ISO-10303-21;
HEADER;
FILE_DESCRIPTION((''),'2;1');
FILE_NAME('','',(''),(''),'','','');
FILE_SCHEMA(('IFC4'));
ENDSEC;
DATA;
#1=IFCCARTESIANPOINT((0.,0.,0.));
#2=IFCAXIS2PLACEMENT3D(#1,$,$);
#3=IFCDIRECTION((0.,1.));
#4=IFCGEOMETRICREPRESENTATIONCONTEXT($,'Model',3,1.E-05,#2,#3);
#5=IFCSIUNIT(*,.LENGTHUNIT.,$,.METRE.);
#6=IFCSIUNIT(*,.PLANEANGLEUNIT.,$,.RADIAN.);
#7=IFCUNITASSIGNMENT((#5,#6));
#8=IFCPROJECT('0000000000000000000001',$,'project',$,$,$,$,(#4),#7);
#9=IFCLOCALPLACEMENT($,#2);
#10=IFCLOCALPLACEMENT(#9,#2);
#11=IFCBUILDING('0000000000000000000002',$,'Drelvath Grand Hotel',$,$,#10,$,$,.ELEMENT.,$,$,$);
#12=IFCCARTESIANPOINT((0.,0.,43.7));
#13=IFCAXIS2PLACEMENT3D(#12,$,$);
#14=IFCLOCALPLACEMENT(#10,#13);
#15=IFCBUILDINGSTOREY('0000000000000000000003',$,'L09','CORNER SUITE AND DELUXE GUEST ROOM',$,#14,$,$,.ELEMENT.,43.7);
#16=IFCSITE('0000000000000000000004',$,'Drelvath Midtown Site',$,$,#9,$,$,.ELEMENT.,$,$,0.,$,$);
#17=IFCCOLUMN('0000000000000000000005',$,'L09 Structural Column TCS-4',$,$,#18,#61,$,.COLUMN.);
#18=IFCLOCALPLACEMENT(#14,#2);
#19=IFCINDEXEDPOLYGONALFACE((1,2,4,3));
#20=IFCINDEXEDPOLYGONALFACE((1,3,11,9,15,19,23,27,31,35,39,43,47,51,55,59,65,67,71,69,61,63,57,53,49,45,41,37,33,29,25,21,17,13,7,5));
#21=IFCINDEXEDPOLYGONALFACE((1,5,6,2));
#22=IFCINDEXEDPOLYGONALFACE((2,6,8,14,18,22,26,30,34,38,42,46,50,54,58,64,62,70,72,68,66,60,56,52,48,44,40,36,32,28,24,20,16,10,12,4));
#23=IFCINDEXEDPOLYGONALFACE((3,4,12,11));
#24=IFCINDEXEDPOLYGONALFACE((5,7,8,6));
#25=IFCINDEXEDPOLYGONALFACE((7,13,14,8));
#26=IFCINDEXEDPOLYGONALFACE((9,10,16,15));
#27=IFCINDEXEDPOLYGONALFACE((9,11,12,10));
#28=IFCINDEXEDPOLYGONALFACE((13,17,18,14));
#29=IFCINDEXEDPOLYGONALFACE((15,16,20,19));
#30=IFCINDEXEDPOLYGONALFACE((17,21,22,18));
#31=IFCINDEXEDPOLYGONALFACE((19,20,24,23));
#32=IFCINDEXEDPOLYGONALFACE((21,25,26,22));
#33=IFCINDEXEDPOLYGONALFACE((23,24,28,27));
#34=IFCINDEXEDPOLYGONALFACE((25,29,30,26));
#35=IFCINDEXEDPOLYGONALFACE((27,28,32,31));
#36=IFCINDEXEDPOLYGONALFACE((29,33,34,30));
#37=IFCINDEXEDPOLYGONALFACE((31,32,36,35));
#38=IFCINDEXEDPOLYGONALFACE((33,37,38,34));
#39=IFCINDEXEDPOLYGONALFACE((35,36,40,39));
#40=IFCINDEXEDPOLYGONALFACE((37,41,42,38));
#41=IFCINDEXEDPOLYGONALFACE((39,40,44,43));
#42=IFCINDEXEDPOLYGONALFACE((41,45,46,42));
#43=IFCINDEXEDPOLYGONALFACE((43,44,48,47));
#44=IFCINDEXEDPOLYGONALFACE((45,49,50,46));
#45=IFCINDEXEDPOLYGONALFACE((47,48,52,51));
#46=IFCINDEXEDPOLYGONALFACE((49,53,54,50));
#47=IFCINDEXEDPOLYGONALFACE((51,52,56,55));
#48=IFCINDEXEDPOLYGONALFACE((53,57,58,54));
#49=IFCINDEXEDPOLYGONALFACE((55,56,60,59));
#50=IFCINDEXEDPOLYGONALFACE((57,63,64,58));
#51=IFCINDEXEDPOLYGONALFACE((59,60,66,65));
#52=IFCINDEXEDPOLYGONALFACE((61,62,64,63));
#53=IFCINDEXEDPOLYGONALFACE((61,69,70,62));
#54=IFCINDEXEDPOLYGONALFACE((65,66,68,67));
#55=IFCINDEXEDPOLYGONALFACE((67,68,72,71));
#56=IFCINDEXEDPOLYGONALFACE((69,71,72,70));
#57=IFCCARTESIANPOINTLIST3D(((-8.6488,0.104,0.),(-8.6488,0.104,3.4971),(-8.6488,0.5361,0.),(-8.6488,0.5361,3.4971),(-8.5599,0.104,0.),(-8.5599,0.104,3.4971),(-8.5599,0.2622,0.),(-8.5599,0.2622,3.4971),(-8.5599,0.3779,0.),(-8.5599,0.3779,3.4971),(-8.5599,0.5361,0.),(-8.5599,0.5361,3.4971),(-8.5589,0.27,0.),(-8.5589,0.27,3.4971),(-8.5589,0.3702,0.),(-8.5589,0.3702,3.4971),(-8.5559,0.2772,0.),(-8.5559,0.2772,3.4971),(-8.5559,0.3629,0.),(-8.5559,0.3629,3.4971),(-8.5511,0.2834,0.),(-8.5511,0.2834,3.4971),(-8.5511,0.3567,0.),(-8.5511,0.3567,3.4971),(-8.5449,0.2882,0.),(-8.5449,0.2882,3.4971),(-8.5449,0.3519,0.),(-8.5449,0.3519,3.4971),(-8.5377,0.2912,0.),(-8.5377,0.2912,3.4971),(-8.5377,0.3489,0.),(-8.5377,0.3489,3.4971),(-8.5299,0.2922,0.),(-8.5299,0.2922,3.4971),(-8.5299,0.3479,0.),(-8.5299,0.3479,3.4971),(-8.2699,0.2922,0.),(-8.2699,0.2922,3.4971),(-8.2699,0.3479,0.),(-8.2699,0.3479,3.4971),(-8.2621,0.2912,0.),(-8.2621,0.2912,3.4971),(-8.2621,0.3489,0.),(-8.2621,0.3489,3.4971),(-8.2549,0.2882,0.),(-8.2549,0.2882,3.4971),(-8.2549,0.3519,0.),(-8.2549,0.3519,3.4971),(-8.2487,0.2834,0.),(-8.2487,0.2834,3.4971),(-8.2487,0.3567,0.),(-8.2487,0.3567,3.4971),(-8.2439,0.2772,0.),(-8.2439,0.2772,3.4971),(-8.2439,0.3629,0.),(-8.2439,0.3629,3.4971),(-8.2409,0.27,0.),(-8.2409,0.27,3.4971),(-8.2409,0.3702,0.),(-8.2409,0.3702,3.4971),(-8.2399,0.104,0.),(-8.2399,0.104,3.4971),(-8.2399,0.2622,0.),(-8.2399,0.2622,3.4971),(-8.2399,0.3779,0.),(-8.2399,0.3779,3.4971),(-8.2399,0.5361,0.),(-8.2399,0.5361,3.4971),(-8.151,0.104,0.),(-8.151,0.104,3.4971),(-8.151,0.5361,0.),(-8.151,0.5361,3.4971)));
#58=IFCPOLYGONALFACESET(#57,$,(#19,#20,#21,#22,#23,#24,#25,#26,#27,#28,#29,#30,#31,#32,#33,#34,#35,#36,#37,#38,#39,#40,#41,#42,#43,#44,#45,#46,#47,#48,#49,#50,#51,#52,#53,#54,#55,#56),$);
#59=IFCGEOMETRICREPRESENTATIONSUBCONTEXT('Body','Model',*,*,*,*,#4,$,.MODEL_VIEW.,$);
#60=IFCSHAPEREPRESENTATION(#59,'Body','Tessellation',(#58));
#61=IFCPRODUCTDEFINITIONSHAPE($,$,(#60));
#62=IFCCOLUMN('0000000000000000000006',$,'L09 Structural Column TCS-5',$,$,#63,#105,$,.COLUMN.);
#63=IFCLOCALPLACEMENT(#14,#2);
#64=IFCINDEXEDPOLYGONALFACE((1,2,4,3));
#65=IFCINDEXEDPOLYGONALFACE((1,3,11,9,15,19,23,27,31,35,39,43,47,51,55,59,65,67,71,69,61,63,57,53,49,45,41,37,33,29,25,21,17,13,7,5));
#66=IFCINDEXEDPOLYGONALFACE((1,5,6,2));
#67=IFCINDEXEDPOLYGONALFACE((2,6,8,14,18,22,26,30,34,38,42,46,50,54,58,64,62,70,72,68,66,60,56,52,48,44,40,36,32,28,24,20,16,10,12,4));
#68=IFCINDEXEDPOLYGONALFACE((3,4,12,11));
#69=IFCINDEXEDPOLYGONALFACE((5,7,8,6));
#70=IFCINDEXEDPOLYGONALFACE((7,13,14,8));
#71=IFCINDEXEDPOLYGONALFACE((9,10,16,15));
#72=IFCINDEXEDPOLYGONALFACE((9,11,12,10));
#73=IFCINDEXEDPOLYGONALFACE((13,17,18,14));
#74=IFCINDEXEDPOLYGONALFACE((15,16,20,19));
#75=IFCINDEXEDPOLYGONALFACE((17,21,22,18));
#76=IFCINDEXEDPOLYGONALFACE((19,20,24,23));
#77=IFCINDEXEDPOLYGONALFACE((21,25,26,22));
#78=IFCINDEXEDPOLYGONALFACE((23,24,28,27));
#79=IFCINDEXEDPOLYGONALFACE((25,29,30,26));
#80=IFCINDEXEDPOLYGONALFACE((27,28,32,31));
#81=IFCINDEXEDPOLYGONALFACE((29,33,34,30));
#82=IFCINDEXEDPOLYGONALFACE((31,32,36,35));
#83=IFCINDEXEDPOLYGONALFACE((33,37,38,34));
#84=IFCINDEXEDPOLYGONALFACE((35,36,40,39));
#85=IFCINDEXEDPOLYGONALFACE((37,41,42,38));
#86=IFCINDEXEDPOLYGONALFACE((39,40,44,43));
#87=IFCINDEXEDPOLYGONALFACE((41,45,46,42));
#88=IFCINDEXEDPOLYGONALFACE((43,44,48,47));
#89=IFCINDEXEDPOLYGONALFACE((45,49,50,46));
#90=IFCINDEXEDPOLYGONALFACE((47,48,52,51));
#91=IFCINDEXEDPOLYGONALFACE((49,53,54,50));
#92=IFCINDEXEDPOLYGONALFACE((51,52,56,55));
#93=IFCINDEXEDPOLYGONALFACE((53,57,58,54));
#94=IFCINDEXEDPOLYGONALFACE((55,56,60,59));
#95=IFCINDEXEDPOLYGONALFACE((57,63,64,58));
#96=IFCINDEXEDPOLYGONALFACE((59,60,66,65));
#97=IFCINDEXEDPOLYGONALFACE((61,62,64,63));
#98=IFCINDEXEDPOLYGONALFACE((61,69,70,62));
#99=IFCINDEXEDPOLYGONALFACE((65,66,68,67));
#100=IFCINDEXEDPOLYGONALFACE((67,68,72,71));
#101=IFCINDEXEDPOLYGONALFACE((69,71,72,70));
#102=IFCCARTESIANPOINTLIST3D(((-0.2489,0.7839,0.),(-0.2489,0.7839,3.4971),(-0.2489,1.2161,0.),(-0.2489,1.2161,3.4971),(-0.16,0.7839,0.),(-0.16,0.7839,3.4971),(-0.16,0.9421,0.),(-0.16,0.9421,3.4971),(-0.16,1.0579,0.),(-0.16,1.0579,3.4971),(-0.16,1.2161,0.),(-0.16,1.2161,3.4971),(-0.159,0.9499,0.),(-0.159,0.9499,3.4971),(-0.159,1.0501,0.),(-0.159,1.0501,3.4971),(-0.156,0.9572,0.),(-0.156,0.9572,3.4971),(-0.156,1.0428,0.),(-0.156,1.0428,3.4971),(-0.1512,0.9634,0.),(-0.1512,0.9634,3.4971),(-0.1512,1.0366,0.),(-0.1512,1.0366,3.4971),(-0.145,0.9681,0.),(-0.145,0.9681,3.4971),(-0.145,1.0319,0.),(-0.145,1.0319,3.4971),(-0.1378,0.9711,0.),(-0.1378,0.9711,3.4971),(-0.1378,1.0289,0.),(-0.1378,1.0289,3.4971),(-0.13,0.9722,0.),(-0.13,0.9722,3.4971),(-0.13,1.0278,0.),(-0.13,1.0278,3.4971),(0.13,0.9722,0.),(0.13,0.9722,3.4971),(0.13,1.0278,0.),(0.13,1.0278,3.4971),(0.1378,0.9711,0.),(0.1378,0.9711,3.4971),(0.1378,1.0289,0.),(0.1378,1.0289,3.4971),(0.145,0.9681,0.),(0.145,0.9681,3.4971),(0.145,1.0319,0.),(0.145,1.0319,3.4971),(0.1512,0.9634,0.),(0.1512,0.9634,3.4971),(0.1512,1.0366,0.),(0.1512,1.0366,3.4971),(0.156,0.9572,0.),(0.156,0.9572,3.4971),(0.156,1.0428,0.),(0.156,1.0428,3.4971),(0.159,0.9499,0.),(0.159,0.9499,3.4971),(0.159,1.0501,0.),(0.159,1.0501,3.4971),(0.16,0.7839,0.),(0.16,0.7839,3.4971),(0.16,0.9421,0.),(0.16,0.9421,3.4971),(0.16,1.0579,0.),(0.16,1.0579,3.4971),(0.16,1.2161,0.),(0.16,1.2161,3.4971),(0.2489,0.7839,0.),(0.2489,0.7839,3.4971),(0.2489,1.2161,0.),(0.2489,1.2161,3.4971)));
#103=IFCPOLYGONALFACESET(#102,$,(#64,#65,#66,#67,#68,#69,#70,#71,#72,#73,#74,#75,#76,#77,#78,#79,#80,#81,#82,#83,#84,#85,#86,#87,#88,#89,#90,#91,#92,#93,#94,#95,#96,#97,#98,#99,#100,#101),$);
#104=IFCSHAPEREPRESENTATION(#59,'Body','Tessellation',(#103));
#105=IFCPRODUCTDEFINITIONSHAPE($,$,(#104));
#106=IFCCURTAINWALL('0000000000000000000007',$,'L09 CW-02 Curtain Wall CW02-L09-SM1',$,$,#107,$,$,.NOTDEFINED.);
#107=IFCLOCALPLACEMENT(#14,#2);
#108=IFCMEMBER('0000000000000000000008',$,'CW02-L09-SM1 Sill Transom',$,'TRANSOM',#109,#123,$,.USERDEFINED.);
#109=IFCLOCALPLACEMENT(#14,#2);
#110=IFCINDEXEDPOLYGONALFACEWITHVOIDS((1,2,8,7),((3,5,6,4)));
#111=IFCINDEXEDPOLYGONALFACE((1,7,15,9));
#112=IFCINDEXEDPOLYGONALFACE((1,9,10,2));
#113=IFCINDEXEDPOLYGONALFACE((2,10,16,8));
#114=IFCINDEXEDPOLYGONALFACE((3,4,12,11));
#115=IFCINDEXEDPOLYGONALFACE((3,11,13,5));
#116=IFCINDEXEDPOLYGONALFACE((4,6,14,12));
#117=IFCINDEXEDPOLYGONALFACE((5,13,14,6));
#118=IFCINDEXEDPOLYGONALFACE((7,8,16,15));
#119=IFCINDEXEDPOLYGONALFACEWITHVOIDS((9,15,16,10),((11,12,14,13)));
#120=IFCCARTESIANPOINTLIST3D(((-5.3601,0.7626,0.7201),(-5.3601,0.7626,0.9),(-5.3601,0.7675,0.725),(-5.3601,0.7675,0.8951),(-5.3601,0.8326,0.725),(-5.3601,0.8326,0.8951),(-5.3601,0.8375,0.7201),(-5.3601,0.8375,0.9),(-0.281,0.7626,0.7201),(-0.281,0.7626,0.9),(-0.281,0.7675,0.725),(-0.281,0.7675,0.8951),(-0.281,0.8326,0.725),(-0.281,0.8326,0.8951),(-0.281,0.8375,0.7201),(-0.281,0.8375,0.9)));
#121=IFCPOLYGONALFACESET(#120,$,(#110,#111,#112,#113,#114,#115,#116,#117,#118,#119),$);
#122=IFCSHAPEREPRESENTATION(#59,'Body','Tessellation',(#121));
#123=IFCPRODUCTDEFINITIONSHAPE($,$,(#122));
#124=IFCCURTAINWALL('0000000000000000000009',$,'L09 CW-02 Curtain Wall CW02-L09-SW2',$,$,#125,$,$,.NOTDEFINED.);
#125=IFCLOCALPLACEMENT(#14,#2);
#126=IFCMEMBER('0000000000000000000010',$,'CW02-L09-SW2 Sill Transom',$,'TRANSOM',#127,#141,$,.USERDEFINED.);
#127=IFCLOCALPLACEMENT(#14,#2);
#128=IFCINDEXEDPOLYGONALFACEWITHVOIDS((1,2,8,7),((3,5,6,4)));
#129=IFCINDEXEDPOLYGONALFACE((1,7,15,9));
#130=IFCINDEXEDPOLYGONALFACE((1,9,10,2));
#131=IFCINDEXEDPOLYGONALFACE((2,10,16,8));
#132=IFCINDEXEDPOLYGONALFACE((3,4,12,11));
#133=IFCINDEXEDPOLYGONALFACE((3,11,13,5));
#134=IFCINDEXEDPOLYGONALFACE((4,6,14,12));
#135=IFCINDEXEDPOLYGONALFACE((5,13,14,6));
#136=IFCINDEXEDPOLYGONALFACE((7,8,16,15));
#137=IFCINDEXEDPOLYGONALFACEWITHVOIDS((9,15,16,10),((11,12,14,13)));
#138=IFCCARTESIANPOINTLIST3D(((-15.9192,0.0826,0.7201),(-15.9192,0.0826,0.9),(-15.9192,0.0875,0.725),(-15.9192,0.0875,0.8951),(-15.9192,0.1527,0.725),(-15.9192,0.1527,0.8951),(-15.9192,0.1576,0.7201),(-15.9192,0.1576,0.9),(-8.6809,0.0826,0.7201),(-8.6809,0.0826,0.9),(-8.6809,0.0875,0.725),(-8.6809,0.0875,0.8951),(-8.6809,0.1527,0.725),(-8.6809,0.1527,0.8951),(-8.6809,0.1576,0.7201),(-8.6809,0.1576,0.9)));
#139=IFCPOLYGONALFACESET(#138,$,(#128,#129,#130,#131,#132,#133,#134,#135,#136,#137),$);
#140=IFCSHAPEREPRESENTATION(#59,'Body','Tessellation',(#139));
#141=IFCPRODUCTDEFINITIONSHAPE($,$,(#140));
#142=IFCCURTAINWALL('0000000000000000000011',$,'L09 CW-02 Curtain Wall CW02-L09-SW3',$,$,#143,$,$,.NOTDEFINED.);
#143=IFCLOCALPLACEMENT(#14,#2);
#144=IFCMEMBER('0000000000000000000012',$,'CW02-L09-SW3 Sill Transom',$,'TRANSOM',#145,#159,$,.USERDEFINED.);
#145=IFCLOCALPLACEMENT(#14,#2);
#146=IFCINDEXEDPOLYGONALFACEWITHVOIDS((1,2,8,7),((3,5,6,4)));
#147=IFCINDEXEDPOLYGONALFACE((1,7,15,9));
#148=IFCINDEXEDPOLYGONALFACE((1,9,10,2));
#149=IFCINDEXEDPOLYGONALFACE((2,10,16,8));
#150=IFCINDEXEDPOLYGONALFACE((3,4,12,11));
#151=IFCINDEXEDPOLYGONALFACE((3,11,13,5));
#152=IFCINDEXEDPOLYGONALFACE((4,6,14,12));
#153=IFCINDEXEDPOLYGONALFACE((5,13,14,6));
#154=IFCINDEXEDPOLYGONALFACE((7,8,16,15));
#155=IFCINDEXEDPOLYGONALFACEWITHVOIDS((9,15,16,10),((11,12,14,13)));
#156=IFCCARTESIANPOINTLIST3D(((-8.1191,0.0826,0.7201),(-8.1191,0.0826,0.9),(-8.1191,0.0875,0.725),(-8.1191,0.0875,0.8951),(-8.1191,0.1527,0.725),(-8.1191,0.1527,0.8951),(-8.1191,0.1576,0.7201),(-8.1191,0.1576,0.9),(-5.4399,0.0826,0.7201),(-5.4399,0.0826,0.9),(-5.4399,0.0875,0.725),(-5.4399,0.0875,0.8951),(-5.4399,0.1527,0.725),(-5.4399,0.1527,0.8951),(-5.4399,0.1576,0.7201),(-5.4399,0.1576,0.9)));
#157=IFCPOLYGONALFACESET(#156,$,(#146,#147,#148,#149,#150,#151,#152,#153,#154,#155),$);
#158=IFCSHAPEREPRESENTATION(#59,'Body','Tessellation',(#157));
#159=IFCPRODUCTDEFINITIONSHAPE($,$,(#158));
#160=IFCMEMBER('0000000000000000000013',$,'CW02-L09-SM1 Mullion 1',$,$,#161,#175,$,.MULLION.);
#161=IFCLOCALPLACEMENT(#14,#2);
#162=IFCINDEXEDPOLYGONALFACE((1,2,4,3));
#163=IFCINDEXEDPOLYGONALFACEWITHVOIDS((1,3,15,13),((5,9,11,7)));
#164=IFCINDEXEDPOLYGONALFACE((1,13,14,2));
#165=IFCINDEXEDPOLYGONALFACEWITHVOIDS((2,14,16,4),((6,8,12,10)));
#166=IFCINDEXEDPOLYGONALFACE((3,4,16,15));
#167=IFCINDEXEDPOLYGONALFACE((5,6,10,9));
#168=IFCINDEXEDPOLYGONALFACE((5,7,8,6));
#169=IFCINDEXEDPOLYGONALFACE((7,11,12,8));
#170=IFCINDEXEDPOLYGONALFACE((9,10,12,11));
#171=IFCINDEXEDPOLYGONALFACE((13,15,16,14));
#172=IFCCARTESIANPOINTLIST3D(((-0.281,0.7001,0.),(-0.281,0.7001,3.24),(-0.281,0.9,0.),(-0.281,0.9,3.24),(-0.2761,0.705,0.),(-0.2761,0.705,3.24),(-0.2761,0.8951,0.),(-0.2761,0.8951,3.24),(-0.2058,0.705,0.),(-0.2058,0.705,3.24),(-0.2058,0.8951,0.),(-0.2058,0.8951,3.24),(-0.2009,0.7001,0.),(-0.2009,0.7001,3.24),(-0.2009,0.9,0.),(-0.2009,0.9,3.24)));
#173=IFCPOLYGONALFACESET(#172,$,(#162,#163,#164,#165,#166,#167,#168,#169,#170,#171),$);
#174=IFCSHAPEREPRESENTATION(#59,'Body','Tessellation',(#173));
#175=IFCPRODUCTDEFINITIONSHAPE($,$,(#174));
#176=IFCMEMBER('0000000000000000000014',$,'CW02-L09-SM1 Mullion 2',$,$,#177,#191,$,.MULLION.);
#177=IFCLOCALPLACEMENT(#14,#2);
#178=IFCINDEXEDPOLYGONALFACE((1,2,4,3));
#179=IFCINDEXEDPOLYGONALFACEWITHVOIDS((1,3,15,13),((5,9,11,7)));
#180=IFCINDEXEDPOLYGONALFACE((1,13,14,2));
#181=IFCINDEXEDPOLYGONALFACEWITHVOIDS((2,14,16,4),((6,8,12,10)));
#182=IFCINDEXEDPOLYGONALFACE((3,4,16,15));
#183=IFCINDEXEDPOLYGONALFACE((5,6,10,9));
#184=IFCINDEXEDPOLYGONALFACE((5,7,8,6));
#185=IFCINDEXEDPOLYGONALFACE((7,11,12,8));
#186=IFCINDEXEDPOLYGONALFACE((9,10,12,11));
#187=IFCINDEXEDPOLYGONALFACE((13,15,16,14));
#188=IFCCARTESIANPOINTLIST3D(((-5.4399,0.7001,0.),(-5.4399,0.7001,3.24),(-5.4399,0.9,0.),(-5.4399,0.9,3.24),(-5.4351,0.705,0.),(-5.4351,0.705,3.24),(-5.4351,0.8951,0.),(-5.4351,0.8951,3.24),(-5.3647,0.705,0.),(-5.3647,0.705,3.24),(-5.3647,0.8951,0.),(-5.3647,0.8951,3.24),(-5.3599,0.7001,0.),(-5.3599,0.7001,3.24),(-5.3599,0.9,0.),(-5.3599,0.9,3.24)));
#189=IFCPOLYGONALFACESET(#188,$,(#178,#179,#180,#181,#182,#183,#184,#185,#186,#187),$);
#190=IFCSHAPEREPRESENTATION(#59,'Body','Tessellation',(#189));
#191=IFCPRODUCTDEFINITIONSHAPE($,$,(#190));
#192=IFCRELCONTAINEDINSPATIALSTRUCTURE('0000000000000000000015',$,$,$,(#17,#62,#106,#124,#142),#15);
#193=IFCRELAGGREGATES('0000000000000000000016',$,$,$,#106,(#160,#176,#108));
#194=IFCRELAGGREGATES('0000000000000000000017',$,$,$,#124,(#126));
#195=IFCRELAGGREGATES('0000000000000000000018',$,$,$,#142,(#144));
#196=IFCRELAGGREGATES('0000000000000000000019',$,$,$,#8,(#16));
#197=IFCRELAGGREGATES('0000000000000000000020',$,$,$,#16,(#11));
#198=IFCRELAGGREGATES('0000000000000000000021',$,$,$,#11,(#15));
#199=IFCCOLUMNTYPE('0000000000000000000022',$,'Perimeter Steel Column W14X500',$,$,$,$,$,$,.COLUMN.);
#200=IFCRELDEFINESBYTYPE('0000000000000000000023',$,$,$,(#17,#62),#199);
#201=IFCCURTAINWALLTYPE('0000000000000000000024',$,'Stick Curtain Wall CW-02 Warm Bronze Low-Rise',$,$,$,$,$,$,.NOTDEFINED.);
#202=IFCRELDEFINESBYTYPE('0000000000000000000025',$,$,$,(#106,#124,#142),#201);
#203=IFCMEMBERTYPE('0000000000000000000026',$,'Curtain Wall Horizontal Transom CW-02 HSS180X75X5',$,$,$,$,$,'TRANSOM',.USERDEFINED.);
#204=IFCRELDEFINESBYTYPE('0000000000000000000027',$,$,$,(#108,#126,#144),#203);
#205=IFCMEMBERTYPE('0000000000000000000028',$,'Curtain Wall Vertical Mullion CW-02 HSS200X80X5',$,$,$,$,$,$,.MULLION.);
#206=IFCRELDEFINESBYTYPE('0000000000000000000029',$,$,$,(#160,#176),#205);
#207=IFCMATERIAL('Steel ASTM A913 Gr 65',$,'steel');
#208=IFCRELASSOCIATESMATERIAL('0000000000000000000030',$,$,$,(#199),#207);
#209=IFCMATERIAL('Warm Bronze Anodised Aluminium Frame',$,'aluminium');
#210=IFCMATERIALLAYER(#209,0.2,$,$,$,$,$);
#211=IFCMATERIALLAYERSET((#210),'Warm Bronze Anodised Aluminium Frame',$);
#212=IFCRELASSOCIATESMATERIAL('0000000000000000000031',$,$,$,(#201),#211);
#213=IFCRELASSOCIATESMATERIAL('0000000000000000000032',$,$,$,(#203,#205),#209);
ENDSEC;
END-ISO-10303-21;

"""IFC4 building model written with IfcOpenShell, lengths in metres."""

from ifc_helpers import new_model, si_unit, direction, frame, origin, origin_2d, place, context, subcontext, project, spatial, hollow_rectangle, i_section, extrude, material, layer, layer_set, material_profile, profile_set, type_object, element, aggregate, save


model = new_model("IFC4")

# Units and contexts
model_context = context("Model", 3, precision=1e-05, world=origin(), true_north=direction((0.0, 1.0)))
body_context = subcontext(model_context, "Body", "Model", "MODEL_VIEW")
ifc_project = project(units=[si_unit("LENGTHUNIT", "METRE"), si_unit("PLANEANGLEUNIT", "RADIAN")], contexts=[model_context])

# Site, building, storey
site_placement = place(None, origin())
site = spatial("IfcSite", under=ifc_project, at=site_placement, Name="Drelvath Midtown Site", CompositionType="ELEMENT", RefElevation=0.0)
building_placement = place(site_placement, origin())
building = spatial("IfcBuilding", under=site, at=building_placement, Name="Drelvath Grand Hotel", CompositionType="ELEMENT")
storey_placement = place(building_placement, frame((0.0, 0.0, 43.7)))
storey = spatial("IfcBuildingStorey", under=building, at=storey_placement, Name="L09", Description="CORNER SUITE AND DELUXE GUEST ROOM", CompositionType="ELEMENT", Elevation=43.7)

# Columns
ifc_material_1 = material(Name="Steel ASTM A913 Gr 65", Category="steel")
ifc_material_profile_1 = material_profile(ifc_material_1, i_section(OverallWidth=0.4321, OverallDepth=0.4978, WebThickness=0.0557, FlangeThickness=0.0889, FilletRadius=0.03, at=origin_2d()), Name="W14X500")
ifc_profile_set_1 = profile_set([ifc_material_profile_1], Name="Steel ASTM A913 Gr 65")
column_type = type_object("IfcColumnType", Name="Perimeter Steel Column W14X500", PredefinedType="COLUMN", material=ifc_profile_set_1)
for number, where, z_axis, x_axis, name in (
    (1, (-8.3999, 0.3201, 0.0), (0.0, 0.0, 1.0), (0.0, 1.0, 0.0), "L09 Structural Column TCS-4"),
    (2, (0.0, 1.0, 0.0), (0.0, 0.0, 1.0), (0.0, 1.0, 0.0), "L09 Structural Column TCS-5"),
):
    element("IfcColumn", number, at=place(storey_placement, frame(where, z_axis=z_axis, x_axis=x_axis)), inside=storey, type_object=column_type, Name=name, PredefinedType="COLUMN", context=body_context, shape_type="SweptSolid", body=[
        extrude(i_section(OverallWidth=0.4321, OverallDepth=0.4978, WebThickness=0.0557, FlangeThickness=0.0889, FilletRadius=0.03, at=origin_2d()), origin(), (0.0, 0.0, 1.0), 3.4971),
    ])

# Curtain walls, members
ifc_material_2 = material(Name="Warm Bronze Anodised Aluminium Frame", Category="aluminium")
ifc_layer_1 = layer(ifc_material_2, 0.2)
ifc_layer_set_1 = layer_set([ifc_layer_1], Name="Warm Bronze Anodised Aluminium Frame")
curtain_wall_type = type_object("IfcCurtainWallType", Name="Stick Curtain Wall CW-02 Warm Bronze Low-Rise", PredefinedType="NOTDEFINED", material=ifc_layer_set_1)
curtain_wall_1_placement = place(storey_placement, origin())
curtain_wall_1 = element("IfcCurtainWall", 3, at=curtain_wall_1_placement, inside=storey, type_object=curtain_wall_type, Name="L09 CW-02 Curtain Wall CW02-L09-SM1", PredefinedType="NOTDEFINED")
ifc_material_profile_2 = material_profile(ifc_material_2, hollow_rectangle(XDim=0.075, YDim=0.1799, WallThickness=0.0049, at=origin_2d()), Name="HSS180X75X5")
ifc_profile_set_2 = profile_set([ifc_material_profile_2], Name="Warm Bronze Anodised Aluminium Frame")
member_type_1 = type_object("IfcMemberType", Name="Curtain Wall Horizontal Transom CW-02 HSS180X75X5", ElementType="TRANSOM", PredefinedType="USERDEFINED", material=ifc_profile_set_2)
member_1_placement = place(storey_placement, frame((-0.281, 0.8, 0.8101), z_axis=(-1.0, 0.0, 0.0), x_axis=(0.0, -1.0, 0.0)))
member_1 = element("IfcMember", 4, at=member_1_placement, type_object=member_type_1, Name="CW02-L09-SM1 Sill Transom", ObjectType="TRANSOM", PredefinedType="USERDEFINED", context=body_context, shape_type="SweptSolid", body=[
    extrude(hollow_rectangle(XDim=0.075, YDim=0.1799, WallThickness=0.0049, at=origin_2d()), origin(), (0.0, 0.0, 1.0), 5.0791),
])
curtain_wall_2_placement = place(storey_placement, origin())
curtain_wall_2 = element("IfcCurtainWall", 5, at=curtain_wall_2_placement, inside=storey, type_object=curtain_wall_type, Name="L09 CW-02 Curtain Wall CW02-L09-SW2", PredefinedType="NOTDEFINED")
member_2_placement = place(storey_placement, frame((-8.6809, 0.1201, 0.8101), z_axis=(-1.0, 0.0, 0.0), x_axis=(0.0, -1.0, 0.0)))
member_2 = element("IfcMember", 6, at=member_2_placement, type_object=member_type_1, Name="CW02-L09-SW2 Sill Transom", ObjectType="TRANSOM", PredefinedType="USERDEFINED", context=body_context, shape_type="SweptSolid", body=[
    extrude(hollow_rectangle(XDim=0.075, YDim=0.1799, WallThickness=0.0049, at=origin_2d()), origin(), (0.0, 0.0, 1.0), 7.2383),
])
curtain_wall_3_placement = place(storey_placement, origin())
curtain_wall_3 = element("IfcCurtainWall", 7, at=curtain_wall_3_placement, inside=storey, type_object=curtain_wall_type, Name="L09 CW-02 Curtain Wall CW02-L09-SW3", PredefinedType="NOTDEFINED")
member_3_placement = place(storey_placement, frame((-5.4399, 0.1201, 0.8101), z_axis=(-1.0, 0.0, 0.0), x_axis=(0.0, -1.0, 0.0)))
member_3 = element("IfcMember", 8, at=member_3_placement, type_object=member_type_1, Name="CW02-L09-SW3 Sill Transom", ObjectType="TRANSOM", PredefinedType="USERDEFINED", context=body_context, shape_type="SweptSolid", body=[
    extrude(hollow_rectangle(XDim=0.075, YDim=0.1799, WallThickness=0.0049, at=origin_2d()), origin(), (0.0, 0.0, 1.0), 2.6792),
])

# Members
ifc_material_profile_3 = material_profile(ifc_material_2, hollow_rectangle(XDim=0.0801, YDim=0.2, WallThickness=0.0049, at=origin_2d()), Name="HSS200X80X5")
ifc_profile_set_3 = profile_set([ifc_material_profile_3], Name="Warm Bronze Anodised Aluminium Frame")
member_type_2 = type_object("IfcMemberType", Name="Curtain Wall Vertical Mullion CW-02 HSS200X80X5", PredefinedType="MULLION", material=ifc_profile_set_3)
member_4_placement = place(storey_placement, frame((-0.241, 0.8, 0.0), z_axis=(0.0, 0.0, 1.0), x_axis=(1.0, 0.0, 0.0)))
member_4 = element("IfcMember", 9, at=member_4_placement, type_object=member_type_2, Name="CW02-L09-SM1 Mullion 1", PredefinedType="MULLION", context=body_context, shape_type="SweptSolid", body=[
    extrude(hollow_rectangle(XDim=0.0801, YDim=0.2, WallThickness=0.0049, at=origin_2d()), origin(), (0.0, 0.0, 1.0), 3.24),
])
member_5_placement = place(storey_placement, frame((-5.3999, 0.8, 0.0), z_axis=(0.0, 0.0, 1.0), x_axis=(1.0, 0.0, 0.0)))
member_5 = element("IfcMember", 10, at=member_5_placement, type_object=member_type_2, Name="CW02-L09-SM1 Mullion 2", PredefinedType="MULLION", context=body_context, shape_type="SweptSolid", body=[
    extrude(hollow_rectangle(XDim=0.0801, YDim=0.2, WallThickness=0.0049, at=origin_2d()), origin(), (0.0, 0.0, 1.0), 3.24),
])

aggregate(curtain_wall_1, [member_4, member_5, member_1])
aggregate(curtain_wall_2, [member_2])
aggregate(curtain_wall_3, [member_3])

save(model, "model.ifc")
